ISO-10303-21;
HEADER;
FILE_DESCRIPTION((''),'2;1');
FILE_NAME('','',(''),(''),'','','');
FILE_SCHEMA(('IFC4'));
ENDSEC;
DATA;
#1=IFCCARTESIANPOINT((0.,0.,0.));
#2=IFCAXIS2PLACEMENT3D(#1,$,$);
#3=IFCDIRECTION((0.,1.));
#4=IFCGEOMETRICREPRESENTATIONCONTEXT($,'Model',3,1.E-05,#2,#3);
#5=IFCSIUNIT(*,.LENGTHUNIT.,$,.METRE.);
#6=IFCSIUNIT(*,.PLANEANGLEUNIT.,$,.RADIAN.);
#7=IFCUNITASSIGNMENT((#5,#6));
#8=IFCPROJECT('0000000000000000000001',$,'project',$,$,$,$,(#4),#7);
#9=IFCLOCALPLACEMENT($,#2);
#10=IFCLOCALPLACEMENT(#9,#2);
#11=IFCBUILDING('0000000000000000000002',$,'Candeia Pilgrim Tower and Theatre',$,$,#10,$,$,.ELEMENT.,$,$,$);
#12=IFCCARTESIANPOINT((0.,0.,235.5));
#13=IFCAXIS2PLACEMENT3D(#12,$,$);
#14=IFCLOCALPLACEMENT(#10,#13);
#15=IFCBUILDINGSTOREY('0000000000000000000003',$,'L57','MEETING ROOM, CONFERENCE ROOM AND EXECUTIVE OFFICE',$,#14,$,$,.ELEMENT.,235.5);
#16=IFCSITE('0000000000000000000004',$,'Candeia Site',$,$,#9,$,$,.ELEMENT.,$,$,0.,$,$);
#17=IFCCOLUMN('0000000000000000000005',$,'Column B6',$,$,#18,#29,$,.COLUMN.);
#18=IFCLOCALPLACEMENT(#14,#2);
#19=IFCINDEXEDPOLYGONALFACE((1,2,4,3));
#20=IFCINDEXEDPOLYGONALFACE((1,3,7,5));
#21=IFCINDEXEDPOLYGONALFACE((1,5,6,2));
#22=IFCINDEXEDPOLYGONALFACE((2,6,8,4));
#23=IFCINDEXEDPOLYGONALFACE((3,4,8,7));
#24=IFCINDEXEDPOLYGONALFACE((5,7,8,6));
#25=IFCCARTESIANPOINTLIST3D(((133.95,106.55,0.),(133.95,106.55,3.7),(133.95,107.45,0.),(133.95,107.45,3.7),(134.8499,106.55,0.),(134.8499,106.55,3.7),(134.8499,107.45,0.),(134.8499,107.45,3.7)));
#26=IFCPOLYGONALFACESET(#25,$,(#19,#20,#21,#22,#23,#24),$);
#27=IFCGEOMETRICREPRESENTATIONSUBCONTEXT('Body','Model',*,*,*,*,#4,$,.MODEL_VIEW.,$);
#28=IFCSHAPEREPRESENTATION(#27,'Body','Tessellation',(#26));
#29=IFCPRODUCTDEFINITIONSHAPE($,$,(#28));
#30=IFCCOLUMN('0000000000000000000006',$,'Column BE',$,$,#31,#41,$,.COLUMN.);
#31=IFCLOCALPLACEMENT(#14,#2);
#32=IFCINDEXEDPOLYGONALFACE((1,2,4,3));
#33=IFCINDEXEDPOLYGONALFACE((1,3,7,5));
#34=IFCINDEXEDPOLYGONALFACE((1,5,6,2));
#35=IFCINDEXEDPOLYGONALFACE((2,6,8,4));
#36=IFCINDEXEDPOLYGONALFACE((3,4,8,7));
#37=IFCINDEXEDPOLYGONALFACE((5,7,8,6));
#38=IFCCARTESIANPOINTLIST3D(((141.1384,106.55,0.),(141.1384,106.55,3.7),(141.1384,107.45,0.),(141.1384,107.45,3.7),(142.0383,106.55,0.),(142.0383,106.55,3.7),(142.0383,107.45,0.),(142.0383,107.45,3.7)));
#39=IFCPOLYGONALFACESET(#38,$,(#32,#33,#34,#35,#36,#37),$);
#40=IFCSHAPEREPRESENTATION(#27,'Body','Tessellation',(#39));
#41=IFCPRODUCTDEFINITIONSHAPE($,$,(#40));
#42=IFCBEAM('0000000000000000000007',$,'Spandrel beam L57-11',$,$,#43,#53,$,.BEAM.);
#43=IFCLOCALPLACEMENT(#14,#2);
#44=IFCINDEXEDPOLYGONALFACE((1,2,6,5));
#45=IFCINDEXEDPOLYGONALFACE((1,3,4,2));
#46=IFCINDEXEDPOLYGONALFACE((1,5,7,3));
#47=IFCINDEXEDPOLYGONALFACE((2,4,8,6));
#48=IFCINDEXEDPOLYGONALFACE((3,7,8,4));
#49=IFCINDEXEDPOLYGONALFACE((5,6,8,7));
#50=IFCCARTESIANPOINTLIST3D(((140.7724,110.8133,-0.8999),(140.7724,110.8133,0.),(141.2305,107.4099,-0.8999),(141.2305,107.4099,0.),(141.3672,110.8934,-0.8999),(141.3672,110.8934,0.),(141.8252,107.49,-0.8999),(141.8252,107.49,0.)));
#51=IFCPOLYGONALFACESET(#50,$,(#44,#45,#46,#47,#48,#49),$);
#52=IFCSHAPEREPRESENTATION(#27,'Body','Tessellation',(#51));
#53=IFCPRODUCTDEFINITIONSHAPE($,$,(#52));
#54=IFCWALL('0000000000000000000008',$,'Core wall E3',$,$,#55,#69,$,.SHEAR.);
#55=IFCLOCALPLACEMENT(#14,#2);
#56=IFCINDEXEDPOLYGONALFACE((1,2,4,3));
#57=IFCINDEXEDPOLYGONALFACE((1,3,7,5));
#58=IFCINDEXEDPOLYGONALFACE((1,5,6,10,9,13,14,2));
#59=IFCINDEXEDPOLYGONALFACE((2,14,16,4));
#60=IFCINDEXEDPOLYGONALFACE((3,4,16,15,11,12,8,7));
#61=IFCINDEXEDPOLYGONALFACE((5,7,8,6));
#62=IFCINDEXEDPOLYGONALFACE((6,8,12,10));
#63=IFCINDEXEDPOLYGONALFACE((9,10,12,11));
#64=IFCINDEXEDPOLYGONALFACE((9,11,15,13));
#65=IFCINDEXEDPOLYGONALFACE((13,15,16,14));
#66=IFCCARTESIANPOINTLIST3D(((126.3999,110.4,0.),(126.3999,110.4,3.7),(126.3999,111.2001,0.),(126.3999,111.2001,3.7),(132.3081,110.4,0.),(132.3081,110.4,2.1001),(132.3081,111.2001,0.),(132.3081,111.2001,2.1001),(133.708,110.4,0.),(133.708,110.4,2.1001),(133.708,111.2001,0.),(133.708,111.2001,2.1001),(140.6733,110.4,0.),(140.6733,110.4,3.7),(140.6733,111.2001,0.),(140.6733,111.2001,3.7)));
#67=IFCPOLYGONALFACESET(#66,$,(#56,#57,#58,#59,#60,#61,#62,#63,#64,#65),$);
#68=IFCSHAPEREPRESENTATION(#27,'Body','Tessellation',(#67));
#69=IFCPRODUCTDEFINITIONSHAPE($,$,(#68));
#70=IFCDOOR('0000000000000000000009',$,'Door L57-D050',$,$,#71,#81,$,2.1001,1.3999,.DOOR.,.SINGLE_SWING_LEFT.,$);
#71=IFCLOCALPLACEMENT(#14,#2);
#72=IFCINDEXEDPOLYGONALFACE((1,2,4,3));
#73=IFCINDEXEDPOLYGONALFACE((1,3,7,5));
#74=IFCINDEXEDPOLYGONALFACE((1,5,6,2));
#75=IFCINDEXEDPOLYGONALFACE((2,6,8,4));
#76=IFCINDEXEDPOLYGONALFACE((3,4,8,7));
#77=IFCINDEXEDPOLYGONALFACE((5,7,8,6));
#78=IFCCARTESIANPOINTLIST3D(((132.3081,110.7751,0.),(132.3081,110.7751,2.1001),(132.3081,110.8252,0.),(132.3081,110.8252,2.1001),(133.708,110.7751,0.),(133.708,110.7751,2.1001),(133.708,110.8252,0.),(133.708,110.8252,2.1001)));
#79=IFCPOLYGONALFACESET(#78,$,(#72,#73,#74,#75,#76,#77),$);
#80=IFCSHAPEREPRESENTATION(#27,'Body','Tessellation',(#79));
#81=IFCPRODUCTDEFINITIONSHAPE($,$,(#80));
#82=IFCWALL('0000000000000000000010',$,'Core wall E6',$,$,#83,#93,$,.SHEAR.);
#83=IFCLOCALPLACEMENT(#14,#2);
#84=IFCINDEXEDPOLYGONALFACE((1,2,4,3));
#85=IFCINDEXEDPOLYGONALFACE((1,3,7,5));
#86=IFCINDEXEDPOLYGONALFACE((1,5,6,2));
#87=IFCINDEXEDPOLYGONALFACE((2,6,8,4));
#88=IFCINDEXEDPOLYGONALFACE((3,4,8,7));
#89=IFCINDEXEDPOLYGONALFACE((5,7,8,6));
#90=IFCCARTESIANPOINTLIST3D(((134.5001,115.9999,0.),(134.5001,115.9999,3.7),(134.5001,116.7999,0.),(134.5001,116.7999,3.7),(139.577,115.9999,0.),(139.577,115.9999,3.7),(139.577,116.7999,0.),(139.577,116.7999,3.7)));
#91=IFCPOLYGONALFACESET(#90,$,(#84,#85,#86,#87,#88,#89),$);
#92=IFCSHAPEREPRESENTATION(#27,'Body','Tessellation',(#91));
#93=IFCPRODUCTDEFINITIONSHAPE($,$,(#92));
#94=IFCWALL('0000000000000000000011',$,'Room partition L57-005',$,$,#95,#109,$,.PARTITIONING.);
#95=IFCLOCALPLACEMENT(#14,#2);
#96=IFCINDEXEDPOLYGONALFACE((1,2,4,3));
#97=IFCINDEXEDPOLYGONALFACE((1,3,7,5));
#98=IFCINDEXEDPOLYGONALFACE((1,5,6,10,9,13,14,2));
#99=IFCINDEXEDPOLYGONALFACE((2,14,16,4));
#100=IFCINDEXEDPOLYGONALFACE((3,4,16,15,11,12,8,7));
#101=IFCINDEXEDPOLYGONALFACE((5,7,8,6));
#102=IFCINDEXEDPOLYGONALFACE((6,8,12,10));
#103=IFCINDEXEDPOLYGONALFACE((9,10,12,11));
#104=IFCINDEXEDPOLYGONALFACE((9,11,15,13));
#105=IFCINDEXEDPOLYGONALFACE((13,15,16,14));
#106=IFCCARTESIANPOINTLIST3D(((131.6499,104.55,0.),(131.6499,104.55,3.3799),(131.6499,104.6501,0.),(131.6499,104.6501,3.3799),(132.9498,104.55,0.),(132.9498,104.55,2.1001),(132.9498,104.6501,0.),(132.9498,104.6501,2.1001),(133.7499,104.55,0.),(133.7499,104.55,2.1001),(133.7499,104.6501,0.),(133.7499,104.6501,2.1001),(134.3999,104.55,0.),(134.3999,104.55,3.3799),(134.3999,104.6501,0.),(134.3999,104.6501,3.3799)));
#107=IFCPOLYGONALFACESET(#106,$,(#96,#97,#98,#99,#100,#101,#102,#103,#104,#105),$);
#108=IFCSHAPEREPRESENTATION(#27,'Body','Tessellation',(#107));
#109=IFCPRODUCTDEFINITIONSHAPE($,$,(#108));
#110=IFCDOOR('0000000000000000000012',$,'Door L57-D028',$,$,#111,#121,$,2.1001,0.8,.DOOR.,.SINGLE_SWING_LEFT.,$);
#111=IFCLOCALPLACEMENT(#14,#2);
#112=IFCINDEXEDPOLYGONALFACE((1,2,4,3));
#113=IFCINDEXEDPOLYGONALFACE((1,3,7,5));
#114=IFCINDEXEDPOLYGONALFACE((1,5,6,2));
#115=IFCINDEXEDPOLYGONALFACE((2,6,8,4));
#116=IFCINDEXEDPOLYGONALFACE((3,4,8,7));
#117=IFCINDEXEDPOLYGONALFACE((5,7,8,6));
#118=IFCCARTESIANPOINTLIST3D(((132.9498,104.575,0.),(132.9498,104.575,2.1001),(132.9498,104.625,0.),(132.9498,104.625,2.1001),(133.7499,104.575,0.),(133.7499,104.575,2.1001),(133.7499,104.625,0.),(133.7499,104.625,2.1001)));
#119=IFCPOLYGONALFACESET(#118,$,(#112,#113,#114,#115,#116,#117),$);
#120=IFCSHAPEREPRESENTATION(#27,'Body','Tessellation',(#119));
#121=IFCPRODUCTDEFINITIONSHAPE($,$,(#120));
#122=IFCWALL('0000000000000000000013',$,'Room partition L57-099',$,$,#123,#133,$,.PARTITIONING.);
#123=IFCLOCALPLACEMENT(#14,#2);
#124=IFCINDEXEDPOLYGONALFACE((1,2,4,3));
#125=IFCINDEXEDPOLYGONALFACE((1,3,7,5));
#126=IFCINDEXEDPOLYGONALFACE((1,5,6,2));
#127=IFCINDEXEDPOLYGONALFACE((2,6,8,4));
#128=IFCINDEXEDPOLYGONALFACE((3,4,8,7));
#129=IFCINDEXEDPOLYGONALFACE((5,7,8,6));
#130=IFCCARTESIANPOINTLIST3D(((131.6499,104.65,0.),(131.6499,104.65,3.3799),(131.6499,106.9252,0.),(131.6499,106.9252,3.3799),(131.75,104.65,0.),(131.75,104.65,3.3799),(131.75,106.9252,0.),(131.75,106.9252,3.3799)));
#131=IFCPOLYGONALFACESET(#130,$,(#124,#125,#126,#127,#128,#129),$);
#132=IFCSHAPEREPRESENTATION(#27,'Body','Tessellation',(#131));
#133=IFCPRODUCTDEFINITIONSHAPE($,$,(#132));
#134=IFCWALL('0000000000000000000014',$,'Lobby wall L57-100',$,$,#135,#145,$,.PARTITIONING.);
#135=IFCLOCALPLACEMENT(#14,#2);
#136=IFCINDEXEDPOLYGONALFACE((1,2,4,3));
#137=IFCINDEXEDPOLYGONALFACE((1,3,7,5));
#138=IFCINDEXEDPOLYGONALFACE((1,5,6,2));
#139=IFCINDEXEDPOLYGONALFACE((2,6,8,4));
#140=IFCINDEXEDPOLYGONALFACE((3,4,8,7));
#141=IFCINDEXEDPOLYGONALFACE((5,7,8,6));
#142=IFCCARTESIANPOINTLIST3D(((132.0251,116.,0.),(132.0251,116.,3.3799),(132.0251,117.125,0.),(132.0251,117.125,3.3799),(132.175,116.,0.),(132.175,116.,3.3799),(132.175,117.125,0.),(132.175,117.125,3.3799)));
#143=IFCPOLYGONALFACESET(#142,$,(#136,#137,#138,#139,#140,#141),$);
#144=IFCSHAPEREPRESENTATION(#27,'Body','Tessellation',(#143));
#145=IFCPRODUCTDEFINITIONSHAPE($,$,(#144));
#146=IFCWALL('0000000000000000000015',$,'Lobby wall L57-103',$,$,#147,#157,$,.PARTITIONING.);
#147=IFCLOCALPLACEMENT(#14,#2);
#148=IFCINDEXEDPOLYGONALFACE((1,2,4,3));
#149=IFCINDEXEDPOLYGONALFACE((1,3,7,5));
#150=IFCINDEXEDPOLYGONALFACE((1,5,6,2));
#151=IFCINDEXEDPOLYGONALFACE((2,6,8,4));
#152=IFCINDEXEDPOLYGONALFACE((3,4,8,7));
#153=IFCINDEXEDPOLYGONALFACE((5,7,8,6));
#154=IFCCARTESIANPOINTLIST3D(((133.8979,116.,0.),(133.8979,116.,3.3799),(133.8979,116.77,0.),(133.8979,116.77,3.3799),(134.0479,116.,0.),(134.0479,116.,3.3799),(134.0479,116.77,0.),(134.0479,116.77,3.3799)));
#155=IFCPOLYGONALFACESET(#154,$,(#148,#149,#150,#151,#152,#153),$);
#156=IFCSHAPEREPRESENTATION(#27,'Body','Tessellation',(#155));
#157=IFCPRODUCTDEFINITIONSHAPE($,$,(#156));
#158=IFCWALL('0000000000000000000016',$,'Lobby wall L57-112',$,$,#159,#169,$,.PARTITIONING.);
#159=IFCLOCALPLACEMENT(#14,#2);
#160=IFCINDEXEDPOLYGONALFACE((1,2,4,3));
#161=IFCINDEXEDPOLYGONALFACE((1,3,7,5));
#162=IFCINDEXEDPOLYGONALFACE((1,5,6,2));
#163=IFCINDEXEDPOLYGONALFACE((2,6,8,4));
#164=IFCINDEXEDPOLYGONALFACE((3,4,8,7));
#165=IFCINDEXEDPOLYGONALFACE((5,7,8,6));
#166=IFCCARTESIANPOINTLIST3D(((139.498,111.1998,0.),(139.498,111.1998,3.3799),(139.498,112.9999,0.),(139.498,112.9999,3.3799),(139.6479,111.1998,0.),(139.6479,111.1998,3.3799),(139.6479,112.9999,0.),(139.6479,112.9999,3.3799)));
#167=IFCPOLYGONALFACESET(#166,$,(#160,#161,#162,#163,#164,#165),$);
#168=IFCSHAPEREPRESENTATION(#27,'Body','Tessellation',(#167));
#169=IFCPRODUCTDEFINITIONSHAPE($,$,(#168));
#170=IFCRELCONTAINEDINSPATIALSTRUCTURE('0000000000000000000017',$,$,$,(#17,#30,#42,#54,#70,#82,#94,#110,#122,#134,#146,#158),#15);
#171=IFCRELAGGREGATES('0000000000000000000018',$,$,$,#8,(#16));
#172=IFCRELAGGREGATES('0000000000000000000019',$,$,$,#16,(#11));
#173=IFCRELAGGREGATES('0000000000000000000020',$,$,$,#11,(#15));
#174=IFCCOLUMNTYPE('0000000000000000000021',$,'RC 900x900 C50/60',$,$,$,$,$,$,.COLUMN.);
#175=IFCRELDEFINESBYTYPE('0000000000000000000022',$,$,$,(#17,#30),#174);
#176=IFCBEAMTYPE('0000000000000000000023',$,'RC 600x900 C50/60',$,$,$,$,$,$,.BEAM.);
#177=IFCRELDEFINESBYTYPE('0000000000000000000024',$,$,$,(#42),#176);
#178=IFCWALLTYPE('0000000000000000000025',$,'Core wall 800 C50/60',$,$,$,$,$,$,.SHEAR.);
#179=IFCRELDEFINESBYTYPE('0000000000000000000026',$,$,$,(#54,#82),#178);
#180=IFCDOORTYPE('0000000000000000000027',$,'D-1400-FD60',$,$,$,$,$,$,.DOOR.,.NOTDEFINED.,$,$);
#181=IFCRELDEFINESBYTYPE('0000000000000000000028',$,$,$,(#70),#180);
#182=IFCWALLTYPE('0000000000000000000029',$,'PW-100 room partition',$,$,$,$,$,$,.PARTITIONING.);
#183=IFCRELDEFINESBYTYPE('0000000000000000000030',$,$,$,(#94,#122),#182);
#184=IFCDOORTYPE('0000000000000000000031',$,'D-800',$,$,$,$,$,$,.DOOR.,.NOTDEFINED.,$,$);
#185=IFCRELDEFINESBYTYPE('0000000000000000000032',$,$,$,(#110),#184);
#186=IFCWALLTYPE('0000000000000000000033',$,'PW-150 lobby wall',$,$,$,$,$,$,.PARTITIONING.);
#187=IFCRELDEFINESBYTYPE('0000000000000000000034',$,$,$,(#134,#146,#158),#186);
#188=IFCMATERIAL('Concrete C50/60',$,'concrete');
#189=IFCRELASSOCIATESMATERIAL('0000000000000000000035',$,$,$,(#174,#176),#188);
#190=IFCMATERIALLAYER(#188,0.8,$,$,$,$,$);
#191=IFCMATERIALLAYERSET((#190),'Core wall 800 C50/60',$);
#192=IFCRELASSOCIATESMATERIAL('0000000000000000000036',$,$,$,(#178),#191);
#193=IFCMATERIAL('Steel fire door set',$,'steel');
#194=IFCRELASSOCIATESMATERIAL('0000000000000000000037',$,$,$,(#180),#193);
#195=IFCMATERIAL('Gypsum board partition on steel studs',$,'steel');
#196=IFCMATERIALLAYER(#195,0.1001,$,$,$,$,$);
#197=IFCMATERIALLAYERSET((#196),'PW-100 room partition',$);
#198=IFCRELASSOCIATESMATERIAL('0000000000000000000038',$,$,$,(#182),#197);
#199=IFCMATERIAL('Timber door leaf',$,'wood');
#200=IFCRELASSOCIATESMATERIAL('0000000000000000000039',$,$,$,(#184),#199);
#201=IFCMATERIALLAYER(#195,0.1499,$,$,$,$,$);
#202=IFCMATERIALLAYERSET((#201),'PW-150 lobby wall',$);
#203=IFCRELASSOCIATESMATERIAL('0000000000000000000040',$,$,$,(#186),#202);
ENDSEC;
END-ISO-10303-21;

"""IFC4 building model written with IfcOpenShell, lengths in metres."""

from ifc_helpers import new_model, si_unit, direction, frame, frame_2d, origin, origin_2d, place, context, subcontext, project, spatial, rectangle, extrude, material, layer, layer_set, material_profile, profile_set, type_object, element, fill, save


model = new_model("IFC4")

# Units and contexts
model_context = context("Model", 3, precision=1e-05, world=origin(), true_north=direction((0.0, 1.0)))
body_context = subcontext(model_context, "Body", "Model", "MODEL_VIEW")
ifc_project = project(units=[si_unit("LENGTHUNIT", "METRE"), si_unit("PLANEANGLEUNIT", "RADIAN")], contexts=[model_context])

# Site, building, storey
site_placement = place(None, origin())
site = spatial("IfcSite", under=ifc_project, at=site_placement, Name="Candeia Site", CompositionType="ELEMENT", RefElevation=0.0)
building_placement = place(site_placement, origin())
building = spatial("IfcBuilding", under=site, at=building_placement, Name="Candeia Pilgrim Tower and Theatre", CompositionType="ELEMENT")
storey_placement = place(building_placement, frame((0.0, 0.0, 235.5)))
storey = spatial("IfcBuildingStorey", under=building, at=storey_placement, Name="L57", Description="MEETING ROOM, CONFERENCE ROOM AND EXECUTIVE OFFICE", CompositionType="ELEMENT", Elevation=235.5)

# Columns
ifc_material_1 = material(Name="Concrete C50/60", Category="concrete")
ifc_material_profile_1 = material_profile(ifc_material_1, rectangle(XDim=0.8999, YDim=0.8999, at=origin_2d()))
ifc_profile_set_1 = profile_set([ifc_material_profile_1], Name="Concrete C50/60")
column_type = type_object("IfcColumnType", Name="RC 900x900 C50/60", PredefinedType="COLUMN", material=ifc_profile_set_1)
for number, where, z_axis, x_axis, name in (
    (1, (134.3999, 107.0, 0.0), (0.0, 0.0, 1.0), (1.0, 0.0, 0.0), "Column B6"),
    (2, (141.5884, 107.0, 0.0), (0.0, 0.0, 1.0), (1.0, 0.0, 0.0), "Column BE"),
):
    element("IfcColumn", number, at=place(storey_placement, frame(where, z_axis=z_axis, x_axis=x_axis)), inside=storey, type_object=column_type, Name=name, PredefinedType="COLUMN", context=body_context, shape_type="SweptSolid", body=[
        extrude(rectangle(XDim=0.8999, YDim=0.8999, at=origin_2d()), origin(), (0.0, 0.0, 1.0), 3.7),
    ])

# Beam
ifc_material_profile_2 = material_profile(ifc_material_1, rectangle(XDim=0.6001, YDim=0.8999, at=origin_2d()))
ifc_profile_set_2 = profile_set([ifc_material_profile_2], Name="Concrete C50/60")
beam_type = type_object("IfcBeamType", Name="RC 600x900 C50/60", PredefinedType="BEAM", material=ifc_profile_set_2)
beam_placement = place(storey_placement, frame((141.5278, 107.45, -0.45), z_axis=(-0.133374, 0.991066, 0.0), x_axis=(-0.991066, -0.133374, 0.0)))
element("IfcBeam", 3, at=beam_placement, inside=storey, type_object=beam_type, Name="Spandrel beam L57-11", PredefinedType="BEAM", context=body_context, shape_type="SweptSolid", body=[
    extrude(rectangle(XDim=0.6001, YDim=0.8999, at=origin_2d()), origin(), (0.0, 0.0, 1.0), 3.4341),
])

# Wall, opening, door
ifc_layer_1 = layer(ifc_material_1, 0.8)
ifc_layer_set_1 = layer_set([ifc_layer_1], Name="Core wall 800 C50/60")
wall_type_1 = type_object("IfcWallType", Name="Core wall 800 C50/60", PredefinedType="SHEAR", material=ifc_layer_set_1)
wall_1_placement = place(storey_placement, frame((140.6733, 110.8, 0.0), z_axis=(0.0, 0.0, 1.0), x_axis=(-1.0, 0.0, 0.0)))
wall_1 = element("IfcWall", 4, at=wall_1_placement, inside=storey, type_object=wall_type_1, Name="Core wall E3", PredefinedType="SHEAR", context=body_context, shape_type="SweptSolid", body=[
    extrude(rectangle(XDim=14.2734, YDim=0.8, at=frame_2d((7.1367, 0.0))), origin(), (0.0, 0.0, 1.0), 3.7),
])
opening_1_placement = place(wall_1_placement, frame((6.9653, 0.0, 0.0)))
opening_1 = element("IfcOpeningElement", 5, at=opening_1_placement, cuts=wall_1, PredefinedType="OPENING", context=body_context, shape_type="SweptSolid", body=[
    extrude(rectangle(XDim=1.3999, YDim=2.1001, at=frame_2d((0.7, 1.05))), frame((0.0, 0.4102, 0.0), z_axis=(0.0, -1.0, 0.0), x_axis=(1.0, 0.0, 0.0)), (0.0, 0.0, 1.0), 0.8201),
])
ifc_material_2 = material(Name="Steel fire door set", Category="steel")
door_type_1 = type_object("IfcDoorType", Name="D-1400-FD60", OperationType="NOTDEFINED", PredefinedType="DOOR", material=ifc_material_2)
door_1_placement = place(opening_1_placement, origin())
door_1 = element("IfcDoor", 6, at=door_1_placement, inside=storey, type_object=door_type_1, Name="Door L57-D050", OperationType="SINGLE_SWING_LEFT", OverallHeight=2.1001, OverallWidth=1.3999, PredefinedType="DOOR", context=body_context, shape_type="SweptSolid", body=[
    extrude(rectangle(XDim=1.3999, YDim=2.1001, at=frame_2d((0.7, 1.05))), frame((0.0, 0.0249, 0.0), z_axis=(0.0, -1.0, 0.0), x_axis=(1.0, 0.0, 0.0)), (0.0, 0.0, 1.0), 0.05),
])
fill(opening_1, door_1)

# Wall
wall_2_placement = place(storey_placement, frame((134.5, 116.3999, 0.0), z_axis=(0.0, 0.0, 1.0), x_axis=(1.0, 0.0, 0.0)))
element("IfcWall", 7, at=wall_2_placement, inside=storey, type_object=wall_type_1, Name="Core wall E6", PredefinedType="SHEAR", context=body_context, shape_type="SweptSolid", body=[
    extrude(rectangle(XDim=5.0769, YDim=0.8, at=frame_2d((2.5386, 0.0))), origin(), (0.0, 0.0, 1.0), 3.7),
])

# Wall, opening, door
ifc_material_3 = material(Name="Gypsum board partition on steel studs", Category="steel")
ifc_layer_2 = layer(ifc_material_3, 0.1001)
ifc_layer_set_2 = layer_set([ifc_layer_2], Name="PW-100 room partition")
wall_type_2 = type_object("IfcWallType", Name="PW-100 room partition", PredefinedType="PARTITIONING", material=ifc_layer_set_2)
wall_3_placement = place(storey_placement, frame((131.6499, 104.6001, 0.0), z_axis=(0.0, 0.0, 1.0), x_axis=(1.0, 0.0, 0.0)))
wall_3 = element("IfcWall", 8, at=wall_3_placement, inside=storey, type_object=wall_type_2, Name="Room partition L57-005", PredefinedType="PARTITIONING", context=body_context, shape_type="SweptSolid", body=[
    extrude(rectangle(XDim=2.75, YDim=0.1001, at=frame_2d((1.375, 0.0))), origin(), (0.0, 0.0, 1.0), 3.3799),
])
opening_2_placement = place(wall_3_placement, frame((1.3, 0.0, 0.0)))
opening_2 = element("IfcOpeningElement", 9, at=opening_2_placement, cuts=wall_3, PredefinedType="OPENING", context=body_context, shape_type="SweptSolid", body=[
    extrude(rectangle(XDim=0.8, YDim=2.1001, at=frame_2d((0.3999, 1.05))), frame((0.0, 0.0601, 0.0), z_axis=(0.0, -1.0, 0.0), x_axis=(1.0, 0.0, 0.0)), (0.0, 0.0, 1.0), 0.1201),
])
ifc_material_4 = material(Name="Timber door leaf", Category="wood")
door_type_2 = type_object("IfcDoorType", Name="D-800", OperationType="NOTDEFINED", PredefinedType="DOOR", material=ifc_material_4)
door_2_placement = place(opening_2_placement, origin())
door_2 = element("IfcDoor", 10, at=door_2_placement, inside=storey, type_object=door_type_2, Name="Door L57-D028", OperationType="SINGLE_SWING_LEFT", OverallHeight=2.1001, OverallWidth=0.8, PredefinedType="DOOR", context=body_context, shape_type="SweptSolid", body=[
    extrude(rectangle(XDim=0.8, YDim=2.1001, at=frame_2d((0.3999, 1.05))), frame((0.0, 0.0249, 0.0), z_axis=(0.0, -1.0, 0.0), x_axis=(1.0, 0.0, 0.0)), (0.0, 0.0, 1.0), 0.05),
])
fill(opening_2, door_2)

# Walls
wall_4_placement = place(storey_placement, frame((131.7, 104.6499, 0.0), z_axis=(0.0, 0.0, 1.0), x_axis=(0.0, 1.0, 0.0)))
element("IfcWall", 11, at=wall_4_placement, inside=storey, type_object=wall_type_2, Name="Room partition L57-099", PredefinedType="PARTITIONING", context=body_context, shape_type="SweptSolid", body=[
    extrude(rectangle(XDim=2.2751, YDim=0.1001, at=frame_2d((1.1377, 0.0))), origin(), (0.0, 0.0, 1.0), 3.3799),
])
ifc_layer_3 = layer(ifc_material_3, 0.1499)
ifc_layer_set_3 = layer_set([ifc_layer_3], Name="PW-150 lobby wall")
wall_type_3 = type_object("IfcWallType", Name="PW-150 lobby wall", PredefinedType="PARTITIONING", material=ifc_layer_set_3)
wall_5_placement = place(storey_placement, frame((132.1001, 116.0, 0.0), z_axis=(0.0, 0.0, 1.0), x_axis=(0.0, 1.0, 0.0)))
element("IfcWall", 12, at=wall_5_placement, inside=storey, type_object=wall_type_3, Name="Lobby wall L57-100", PredefinedType="PARTITIONING", context=body_context, shape_type="SweptSolid", body=[
    extrude(rectangle(XDim=1.125, YDim=0.1499, at=frame_2d((0.5625, 0.0))), origin(), (0.0, 0.0, 1.0), 3.3799),
])
wall_6_placement = place(storey_placement, frame((133.9729, 116.0, 0.0), z_axis=(0.0, 0.0, 1.0), x_axis=(0.0, 1.0, 0.0)))
element("IfcWall", 13, at=wall_6_placement, inside=storey, type_object=wall_type_3, Name="Lobby wall L57-103", PredefinedType="PARTITIONING", context=body_context, shape_type="SweptSolid", body=[
    extrude(rectangle(XDim=0.77, YDim=0.1499, at=frame_2d((0.385, 0.0))), origin(), (0.0, 0.0, 1.0), 3.3799),
])
wall_7_placement = place(storey_placement, frame((139.573, 111.2, 0.0), z_axis=(0.0, 0.0, 1.0), x_axis=(0.0, 1.0, 0.0)))
element("IfcWall", 14, at=wall_7_placement, inside=storey, type_object=wall_type_3, Name="Lobby wall L57-112", PredefinedType="PARTITIONING", context=body_context, shape_type="SweptSolid", body=[
    extrude(rectangle(XDim=1.8, YDim=0.1499, at=frame_2d((0.8999, 0.0))), origin(), (0.0, 0.0, 1.0), 3.3799),
])

save(model, "model.ifc")
